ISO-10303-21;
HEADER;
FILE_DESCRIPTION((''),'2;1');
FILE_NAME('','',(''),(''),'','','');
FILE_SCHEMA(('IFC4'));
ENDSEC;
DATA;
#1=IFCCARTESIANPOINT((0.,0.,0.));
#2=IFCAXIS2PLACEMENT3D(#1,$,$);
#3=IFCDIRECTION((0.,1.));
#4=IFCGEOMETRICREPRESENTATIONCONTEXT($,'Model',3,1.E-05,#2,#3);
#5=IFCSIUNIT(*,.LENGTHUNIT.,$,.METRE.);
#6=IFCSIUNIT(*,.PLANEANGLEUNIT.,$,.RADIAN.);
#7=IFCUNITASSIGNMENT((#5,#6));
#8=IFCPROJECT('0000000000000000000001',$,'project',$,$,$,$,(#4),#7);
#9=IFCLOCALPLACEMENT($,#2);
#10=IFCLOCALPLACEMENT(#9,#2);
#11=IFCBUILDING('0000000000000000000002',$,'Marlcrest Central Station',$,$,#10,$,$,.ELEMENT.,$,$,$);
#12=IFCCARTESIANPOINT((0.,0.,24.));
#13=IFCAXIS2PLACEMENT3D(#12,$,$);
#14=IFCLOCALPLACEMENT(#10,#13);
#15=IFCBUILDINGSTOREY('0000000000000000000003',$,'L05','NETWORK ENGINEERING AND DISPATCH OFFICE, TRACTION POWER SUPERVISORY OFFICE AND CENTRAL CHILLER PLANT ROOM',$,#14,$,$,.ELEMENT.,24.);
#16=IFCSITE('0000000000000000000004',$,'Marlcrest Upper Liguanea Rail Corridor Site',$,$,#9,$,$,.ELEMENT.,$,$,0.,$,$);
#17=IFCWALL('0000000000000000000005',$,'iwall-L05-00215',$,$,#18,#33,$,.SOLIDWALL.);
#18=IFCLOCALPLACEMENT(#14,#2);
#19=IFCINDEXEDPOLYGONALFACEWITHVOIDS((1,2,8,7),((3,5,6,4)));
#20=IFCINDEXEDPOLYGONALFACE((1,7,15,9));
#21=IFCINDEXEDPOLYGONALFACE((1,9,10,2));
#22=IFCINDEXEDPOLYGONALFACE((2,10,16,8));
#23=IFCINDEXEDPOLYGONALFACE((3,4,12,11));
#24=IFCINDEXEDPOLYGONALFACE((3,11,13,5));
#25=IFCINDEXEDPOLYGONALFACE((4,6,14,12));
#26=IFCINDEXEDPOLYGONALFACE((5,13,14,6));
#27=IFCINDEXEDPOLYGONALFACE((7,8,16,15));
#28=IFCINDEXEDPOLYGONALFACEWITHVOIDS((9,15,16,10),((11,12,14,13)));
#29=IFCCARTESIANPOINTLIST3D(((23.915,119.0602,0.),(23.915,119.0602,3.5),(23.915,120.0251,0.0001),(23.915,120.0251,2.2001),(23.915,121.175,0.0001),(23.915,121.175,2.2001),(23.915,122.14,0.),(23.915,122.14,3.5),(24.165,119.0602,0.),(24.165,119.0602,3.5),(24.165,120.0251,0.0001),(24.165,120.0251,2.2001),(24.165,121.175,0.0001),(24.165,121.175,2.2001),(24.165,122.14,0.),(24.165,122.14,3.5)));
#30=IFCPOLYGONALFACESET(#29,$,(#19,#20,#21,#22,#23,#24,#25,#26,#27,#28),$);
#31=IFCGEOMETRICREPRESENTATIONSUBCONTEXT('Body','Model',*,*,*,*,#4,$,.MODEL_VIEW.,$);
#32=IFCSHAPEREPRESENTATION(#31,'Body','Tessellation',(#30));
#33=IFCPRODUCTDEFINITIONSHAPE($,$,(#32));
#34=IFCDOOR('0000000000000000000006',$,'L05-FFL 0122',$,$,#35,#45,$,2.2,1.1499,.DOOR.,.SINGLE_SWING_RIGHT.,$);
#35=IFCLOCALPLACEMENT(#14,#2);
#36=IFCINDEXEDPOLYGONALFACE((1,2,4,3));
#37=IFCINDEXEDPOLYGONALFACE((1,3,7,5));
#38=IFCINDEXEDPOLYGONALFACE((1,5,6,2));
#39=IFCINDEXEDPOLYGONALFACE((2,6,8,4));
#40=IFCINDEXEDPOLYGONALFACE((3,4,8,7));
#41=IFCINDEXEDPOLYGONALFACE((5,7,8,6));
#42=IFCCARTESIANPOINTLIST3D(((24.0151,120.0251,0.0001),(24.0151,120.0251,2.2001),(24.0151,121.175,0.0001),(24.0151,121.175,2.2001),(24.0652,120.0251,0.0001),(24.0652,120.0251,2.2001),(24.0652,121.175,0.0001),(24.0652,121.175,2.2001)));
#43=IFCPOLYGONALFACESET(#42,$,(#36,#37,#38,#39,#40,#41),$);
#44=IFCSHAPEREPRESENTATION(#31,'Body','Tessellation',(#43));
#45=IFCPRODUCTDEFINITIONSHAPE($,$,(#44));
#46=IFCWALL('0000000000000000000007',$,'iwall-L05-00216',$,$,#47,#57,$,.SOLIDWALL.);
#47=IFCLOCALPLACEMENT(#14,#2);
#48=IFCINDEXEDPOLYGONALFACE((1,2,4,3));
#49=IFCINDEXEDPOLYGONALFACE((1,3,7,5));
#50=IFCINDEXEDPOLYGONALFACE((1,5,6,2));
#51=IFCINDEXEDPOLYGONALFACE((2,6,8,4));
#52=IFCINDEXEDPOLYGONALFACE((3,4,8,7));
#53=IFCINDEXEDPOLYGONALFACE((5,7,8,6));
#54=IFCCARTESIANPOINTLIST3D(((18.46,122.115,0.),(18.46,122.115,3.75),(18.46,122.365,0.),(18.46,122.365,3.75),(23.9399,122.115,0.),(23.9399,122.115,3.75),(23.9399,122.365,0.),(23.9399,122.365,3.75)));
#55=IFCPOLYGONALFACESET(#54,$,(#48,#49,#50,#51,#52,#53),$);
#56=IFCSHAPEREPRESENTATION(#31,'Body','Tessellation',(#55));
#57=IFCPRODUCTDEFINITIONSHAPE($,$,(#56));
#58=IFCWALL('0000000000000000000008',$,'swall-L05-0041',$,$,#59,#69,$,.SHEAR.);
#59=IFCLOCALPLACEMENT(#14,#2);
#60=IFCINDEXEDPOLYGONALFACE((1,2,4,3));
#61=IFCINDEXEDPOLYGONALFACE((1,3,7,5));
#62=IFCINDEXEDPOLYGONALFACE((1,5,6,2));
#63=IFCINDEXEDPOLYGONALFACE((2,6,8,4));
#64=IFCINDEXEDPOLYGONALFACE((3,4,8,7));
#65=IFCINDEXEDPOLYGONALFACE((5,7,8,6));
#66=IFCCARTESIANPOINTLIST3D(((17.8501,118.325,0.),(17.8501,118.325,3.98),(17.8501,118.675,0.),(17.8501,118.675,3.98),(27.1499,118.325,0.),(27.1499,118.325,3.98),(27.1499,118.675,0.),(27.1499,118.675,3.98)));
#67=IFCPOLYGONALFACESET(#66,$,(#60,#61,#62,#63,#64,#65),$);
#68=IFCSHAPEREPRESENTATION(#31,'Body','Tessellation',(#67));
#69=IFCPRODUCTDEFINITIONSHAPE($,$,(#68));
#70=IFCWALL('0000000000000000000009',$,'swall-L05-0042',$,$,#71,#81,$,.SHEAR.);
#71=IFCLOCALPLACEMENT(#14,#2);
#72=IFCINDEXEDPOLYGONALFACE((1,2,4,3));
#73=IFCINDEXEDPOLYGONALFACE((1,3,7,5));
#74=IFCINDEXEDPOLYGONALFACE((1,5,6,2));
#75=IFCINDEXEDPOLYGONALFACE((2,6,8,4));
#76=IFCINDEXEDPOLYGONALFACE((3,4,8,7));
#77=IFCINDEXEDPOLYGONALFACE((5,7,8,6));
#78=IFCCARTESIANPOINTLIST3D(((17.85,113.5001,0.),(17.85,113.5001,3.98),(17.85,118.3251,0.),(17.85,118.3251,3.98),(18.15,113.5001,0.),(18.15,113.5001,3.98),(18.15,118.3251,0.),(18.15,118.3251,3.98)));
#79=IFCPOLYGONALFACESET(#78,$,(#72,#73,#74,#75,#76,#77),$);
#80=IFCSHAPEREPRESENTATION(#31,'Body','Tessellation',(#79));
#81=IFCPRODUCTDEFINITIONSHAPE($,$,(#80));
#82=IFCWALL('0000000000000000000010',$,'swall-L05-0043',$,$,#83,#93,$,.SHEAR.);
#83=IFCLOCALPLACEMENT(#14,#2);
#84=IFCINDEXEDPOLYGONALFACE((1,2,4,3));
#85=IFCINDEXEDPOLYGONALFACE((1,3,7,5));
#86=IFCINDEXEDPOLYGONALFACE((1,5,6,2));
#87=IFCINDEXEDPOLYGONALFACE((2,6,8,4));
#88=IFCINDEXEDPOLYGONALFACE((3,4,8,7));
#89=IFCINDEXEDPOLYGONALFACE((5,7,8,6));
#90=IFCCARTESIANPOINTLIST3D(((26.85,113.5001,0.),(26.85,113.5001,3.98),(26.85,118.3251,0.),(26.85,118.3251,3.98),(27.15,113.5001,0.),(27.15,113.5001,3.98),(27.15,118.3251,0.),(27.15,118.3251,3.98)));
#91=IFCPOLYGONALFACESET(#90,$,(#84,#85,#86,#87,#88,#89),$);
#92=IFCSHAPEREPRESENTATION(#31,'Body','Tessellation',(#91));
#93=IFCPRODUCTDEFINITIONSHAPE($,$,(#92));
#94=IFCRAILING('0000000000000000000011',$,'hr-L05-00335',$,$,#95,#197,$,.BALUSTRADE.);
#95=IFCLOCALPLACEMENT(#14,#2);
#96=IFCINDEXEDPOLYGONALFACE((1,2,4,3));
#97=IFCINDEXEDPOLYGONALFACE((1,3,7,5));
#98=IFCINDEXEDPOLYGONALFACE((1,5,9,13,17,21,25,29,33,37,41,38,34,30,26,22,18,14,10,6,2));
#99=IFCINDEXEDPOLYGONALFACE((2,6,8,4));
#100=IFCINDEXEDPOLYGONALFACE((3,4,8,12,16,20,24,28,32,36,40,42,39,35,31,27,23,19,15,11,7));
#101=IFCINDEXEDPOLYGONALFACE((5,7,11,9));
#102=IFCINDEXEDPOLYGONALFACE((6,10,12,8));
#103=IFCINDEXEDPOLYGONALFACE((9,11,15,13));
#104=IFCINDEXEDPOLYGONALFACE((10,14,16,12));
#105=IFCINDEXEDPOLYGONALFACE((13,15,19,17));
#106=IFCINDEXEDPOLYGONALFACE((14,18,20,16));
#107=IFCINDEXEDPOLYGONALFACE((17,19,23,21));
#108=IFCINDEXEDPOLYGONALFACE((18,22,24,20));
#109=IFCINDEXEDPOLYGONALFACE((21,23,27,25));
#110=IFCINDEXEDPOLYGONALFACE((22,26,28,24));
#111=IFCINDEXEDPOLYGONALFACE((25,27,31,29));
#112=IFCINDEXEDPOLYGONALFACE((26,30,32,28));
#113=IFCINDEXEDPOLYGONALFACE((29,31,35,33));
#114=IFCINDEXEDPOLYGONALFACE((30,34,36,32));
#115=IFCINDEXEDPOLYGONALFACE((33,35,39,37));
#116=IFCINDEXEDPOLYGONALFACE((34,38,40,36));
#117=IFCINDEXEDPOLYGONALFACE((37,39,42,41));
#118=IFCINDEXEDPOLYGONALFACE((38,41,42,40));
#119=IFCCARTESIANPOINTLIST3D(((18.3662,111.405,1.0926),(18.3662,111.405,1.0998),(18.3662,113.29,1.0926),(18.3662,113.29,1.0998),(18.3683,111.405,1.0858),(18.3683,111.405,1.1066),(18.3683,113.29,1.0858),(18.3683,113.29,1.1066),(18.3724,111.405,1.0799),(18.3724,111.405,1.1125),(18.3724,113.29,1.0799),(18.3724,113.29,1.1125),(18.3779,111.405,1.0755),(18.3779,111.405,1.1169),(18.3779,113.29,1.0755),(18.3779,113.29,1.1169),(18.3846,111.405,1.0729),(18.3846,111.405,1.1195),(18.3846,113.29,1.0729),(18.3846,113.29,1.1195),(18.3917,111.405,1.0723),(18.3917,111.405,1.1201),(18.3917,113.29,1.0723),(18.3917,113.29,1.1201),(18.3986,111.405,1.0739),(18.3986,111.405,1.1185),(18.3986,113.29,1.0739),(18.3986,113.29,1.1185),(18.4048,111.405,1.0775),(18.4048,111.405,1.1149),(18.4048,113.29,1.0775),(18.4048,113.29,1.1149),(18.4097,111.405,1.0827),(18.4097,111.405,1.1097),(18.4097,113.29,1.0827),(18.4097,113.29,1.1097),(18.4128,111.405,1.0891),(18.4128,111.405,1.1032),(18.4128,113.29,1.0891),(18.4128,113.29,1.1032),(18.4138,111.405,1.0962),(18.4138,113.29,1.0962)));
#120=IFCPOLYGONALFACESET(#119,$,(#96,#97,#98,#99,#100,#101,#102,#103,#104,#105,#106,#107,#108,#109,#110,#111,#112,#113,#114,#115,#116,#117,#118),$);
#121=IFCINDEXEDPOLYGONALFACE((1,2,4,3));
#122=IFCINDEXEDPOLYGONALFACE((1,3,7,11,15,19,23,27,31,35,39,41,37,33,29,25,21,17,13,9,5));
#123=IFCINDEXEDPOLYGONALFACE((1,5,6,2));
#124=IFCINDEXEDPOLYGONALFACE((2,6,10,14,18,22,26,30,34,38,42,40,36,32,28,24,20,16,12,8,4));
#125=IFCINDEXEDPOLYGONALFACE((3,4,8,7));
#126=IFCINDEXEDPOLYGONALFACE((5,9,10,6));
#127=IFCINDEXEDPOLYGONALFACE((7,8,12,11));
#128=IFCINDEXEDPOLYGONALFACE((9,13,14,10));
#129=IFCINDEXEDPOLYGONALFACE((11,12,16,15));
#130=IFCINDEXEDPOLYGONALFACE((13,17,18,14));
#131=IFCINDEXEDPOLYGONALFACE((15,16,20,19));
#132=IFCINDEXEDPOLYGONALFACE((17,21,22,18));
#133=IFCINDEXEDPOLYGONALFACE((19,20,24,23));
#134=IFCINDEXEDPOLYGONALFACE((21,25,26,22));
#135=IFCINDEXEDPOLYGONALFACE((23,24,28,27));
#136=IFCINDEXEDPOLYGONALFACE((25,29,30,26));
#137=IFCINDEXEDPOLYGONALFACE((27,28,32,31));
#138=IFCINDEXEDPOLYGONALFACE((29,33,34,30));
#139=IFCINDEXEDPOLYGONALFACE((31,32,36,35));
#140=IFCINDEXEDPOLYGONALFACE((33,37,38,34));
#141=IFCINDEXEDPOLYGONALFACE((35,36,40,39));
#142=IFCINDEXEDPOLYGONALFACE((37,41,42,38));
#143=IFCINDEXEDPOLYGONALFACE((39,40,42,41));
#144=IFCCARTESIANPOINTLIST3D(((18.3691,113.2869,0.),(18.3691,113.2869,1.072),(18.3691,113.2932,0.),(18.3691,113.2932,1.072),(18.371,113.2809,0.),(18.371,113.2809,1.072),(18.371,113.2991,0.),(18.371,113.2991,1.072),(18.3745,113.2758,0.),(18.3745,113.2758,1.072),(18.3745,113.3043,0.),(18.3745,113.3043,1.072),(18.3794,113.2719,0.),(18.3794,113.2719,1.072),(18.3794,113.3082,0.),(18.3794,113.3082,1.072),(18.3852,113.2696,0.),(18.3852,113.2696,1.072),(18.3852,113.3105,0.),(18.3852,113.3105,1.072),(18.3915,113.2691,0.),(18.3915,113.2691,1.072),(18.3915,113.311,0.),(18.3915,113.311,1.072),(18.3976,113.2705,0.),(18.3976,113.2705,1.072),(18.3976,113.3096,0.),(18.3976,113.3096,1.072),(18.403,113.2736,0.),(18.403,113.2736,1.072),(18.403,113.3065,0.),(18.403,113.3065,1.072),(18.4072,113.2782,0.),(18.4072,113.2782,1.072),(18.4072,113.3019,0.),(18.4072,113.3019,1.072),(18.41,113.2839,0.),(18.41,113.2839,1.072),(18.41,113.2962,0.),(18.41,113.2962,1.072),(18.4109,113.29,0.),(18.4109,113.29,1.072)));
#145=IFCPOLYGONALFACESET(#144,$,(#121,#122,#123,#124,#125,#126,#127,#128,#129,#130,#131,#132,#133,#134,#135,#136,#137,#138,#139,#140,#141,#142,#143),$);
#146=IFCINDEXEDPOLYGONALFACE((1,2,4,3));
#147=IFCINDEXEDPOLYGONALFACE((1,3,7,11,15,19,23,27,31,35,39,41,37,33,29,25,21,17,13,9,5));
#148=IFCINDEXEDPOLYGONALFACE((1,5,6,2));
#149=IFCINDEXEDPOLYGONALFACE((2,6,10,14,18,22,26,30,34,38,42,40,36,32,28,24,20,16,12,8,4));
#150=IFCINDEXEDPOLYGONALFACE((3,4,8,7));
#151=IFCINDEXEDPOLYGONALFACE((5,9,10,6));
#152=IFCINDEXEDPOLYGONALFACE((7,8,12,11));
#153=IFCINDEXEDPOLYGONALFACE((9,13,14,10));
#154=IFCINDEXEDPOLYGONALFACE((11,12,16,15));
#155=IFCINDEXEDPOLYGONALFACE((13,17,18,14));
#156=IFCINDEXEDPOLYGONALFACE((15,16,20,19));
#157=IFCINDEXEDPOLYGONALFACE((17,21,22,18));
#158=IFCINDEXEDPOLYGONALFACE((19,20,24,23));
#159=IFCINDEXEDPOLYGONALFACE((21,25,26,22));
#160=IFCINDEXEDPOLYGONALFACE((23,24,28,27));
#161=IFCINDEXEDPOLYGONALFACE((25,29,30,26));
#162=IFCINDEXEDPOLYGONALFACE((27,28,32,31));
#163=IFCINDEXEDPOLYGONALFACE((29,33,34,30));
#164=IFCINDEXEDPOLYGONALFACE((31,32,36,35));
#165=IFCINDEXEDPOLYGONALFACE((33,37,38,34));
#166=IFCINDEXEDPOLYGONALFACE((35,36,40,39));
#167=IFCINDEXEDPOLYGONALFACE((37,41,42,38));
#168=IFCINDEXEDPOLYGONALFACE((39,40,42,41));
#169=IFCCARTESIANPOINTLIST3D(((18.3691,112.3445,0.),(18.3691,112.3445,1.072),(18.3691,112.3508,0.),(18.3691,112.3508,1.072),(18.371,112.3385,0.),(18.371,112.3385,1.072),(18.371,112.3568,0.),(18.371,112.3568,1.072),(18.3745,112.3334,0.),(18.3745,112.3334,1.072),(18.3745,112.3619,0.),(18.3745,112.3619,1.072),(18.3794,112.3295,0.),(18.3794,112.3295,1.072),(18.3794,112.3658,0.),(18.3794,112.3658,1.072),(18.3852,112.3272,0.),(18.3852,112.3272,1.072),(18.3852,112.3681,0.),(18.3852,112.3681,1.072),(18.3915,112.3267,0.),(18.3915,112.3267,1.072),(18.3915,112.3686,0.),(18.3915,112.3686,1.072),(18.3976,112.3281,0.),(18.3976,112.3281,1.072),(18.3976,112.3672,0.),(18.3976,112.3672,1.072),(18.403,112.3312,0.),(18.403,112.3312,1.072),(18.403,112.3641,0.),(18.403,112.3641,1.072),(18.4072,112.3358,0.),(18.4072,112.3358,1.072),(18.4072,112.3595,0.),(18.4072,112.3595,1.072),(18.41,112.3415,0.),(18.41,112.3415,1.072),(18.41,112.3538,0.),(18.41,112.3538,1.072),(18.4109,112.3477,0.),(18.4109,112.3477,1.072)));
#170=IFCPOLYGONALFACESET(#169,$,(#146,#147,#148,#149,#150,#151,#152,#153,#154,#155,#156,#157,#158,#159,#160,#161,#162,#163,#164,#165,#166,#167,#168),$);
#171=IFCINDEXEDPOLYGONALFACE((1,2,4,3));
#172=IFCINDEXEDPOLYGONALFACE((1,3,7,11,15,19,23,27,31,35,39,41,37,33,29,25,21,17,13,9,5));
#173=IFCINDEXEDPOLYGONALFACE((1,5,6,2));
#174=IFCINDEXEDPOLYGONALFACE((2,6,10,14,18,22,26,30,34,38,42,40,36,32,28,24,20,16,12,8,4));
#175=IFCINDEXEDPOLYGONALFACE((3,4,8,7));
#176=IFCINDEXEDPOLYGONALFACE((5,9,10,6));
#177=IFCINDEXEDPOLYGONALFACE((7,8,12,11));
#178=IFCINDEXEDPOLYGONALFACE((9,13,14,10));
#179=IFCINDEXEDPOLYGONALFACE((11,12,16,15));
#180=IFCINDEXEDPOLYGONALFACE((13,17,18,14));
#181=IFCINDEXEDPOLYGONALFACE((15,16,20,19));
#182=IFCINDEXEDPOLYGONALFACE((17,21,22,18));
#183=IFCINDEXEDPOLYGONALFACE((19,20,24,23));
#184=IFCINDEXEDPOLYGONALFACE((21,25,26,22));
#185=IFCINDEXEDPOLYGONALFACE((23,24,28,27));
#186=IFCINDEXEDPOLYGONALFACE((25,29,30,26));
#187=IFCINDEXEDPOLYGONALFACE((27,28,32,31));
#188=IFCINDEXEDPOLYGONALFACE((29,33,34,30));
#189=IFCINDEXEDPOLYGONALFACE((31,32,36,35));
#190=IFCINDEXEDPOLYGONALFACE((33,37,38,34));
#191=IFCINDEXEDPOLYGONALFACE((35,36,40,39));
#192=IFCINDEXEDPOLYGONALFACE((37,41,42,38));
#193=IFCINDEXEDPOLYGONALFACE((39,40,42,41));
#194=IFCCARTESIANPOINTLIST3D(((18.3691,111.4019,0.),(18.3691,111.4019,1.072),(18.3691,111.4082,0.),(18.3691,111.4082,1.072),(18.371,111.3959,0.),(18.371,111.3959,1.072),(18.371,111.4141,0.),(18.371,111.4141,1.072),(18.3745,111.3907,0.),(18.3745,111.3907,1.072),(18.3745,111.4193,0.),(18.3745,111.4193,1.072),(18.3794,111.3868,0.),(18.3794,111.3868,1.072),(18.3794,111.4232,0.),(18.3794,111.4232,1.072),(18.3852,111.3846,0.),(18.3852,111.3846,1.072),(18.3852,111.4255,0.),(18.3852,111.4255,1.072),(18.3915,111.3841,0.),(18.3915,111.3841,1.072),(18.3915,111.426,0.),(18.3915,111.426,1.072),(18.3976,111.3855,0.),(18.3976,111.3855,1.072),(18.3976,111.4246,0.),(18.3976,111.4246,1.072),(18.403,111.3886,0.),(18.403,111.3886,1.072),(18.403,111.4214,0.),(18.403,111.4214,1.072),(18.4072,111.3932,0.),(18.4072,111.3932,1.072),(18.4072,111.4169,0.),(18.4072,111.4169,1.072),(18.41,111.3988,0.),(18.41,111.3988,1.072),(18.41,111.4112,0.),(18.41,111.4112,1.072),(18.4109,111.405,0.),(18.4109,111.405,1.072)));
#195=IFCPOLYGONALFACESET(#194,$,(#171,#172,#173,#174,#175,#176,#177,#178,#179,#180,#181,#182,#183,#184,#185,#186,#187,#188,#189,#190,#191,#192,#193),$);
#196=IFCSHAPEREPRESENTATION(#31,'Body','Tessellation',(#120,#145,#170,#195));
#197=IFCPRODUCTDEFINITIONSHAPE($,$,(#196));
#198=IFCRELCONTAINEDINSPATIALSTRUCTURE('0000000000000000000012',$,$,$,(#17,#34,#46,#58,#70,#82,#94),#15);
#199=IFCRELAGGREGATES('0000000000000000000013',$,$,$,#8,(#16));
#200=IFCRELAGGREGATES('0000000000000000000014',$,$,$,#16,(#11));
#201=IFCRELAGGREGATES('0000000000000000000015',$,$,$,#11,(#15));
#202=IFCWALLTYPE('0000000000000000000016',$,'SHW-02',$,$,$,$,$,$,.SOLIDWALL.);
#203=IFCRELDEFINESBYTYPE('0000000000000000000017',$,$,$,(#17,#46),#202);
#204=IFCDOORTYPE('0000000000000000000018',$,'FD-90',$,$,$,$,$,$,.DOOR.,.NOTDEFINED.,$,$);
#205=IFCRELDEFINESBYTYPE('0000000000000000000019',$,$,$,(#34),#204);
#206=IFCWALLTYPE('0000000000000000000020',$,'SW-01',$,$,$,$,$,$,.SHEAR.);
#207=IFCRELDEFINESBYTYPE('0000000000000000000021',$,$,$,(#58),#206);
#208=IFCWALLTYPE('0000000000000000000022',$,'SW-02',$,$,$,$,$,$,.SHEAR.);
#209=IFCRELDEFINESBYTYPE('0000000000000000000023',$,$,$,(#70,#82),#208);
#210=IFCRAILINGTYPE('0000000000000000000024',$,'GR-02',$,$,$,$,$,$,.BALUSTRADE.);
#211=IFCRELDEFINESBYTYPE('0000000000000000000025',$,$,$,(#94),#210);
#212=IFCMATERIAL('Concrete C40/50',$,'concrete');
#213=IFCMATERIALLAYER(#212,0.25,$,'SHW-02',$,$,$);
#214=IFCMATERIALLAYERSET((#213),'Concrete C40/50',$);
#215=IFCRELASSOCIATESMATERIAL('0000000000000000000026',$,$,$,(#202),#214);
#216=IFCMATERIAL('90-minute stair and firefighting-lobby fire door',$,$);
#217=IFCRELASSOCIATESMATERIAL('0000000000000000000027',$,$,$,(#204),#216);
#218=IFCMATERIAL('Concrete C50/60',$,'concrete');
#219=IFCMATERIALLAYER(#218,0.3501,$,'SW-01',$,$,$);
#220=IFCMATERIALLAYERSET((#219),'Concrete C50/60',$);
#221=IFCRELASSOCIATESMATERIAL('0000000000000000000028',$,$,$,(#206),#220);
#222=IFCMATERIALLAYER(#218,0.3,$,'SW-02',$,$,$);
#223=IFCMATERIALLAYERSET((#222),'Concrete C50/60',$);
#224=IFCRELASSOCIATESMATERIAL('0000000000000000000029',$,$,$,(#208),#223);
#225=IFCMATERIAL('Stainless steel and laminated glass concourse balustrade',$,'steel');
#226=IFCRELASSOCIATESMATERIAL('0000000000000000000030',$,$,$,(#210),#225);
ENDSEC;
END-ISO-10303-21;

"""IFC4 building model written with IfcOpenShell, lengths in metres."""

from ifc_helpers import new_model, si_unit, direction, frame, frame_2d, origin, origin_2d, place, context, subcontext, project, spatial, rectangle, circle, extrude, material, layer, layer_set, type_object, element, fill, save


model = new_model("IFC4")

# Units and contexts
model_context = context("Model", 3, precision=1e-05, world=origin(), true_north=direction((0.0, 1.0)))
body_context = subcontext(model_context, "Body", "Model", "MODEL_VIEW")
ifc_project = project(units=[si_unit("LENGTHUNIT", "METRE"), si_unit("PLANEANGLEUNIT", "RADIAN")], contexts=[model_context])

# Site, building, storey
site_placement = place(None, origin())
site = spatial("IfcSite", under=ifc_project, at=site_placement, Name="Marlcrest Upper Liguanea Rail Corridor Site", CompositionType="ELEMENT", RefElevation=0.0)
building_placement = place(site_placement, origin())
building = spatial("IfcBuilding", under=site, at=building_placement, Name="Marlcrest Central Station", CompositionType="ELEMENT")
storey_placement = place(building_placement, frame((0.0, 0.0, 24.0)))
storey = spatial("IfcBuildingStorey", under=building, at=storey_placement, Name="L05", Description="NETWORK ENGINEERING AND DISPATCH OFFICE, TRACTION POWER SUPERVISORY OFFICE AND CENTRAL CHILLER PLANT ROOM", CompositionType="ELEMENT", Elevation=24.0)

# Shared definitions
ifc_material_1 = material(Name="Concrete C40/50", Category="concrete")

# Wall, opening, door
ifc_layer_1 = layer(ifc_material_1, 0.25, Name="SHW-02")
ifc_layer_set_1 = layer_set([ifc_layer_1], Name="Concrete C40/50")
wall_type_1 = type_object("IfcWallType", Name="SHW-02", PredefinedType="SOLIDWALL", material=ifc_layer_set_1)
wall_1_placement = place(storey_placement, frame((24.04, 119.0601, 0.0), z_axis=(0.0, 0.0, 1.0), x_axis=(0.0, 1.0, 0.0)))
wall_1 = element("IfcWall", 1, at=wall_1_placement, inside=storey, type_object=wall_type_1, Name="iwall-L05-00215", PredefinedType="SOLIDWALL", context=body_context, shape_type="SweptSolid", body=[
    extrude(rectangle(XDim=3.0798, YDim=0.25, at=frame_2d((1.54, 0.0))), origin(), (0.0, 0.0, 1.0), 3.5),
])
opening_1_placement = place(wall_1_placement, frame((0.9651, 0.0, 0.0)))
opening_1 = element("IfcOpeningElement", 2, at=opening_1_placement, cuts=wall_1, PredefinedType="OPENING", context=body_context, shape_type="SweptSolid", body=[
    extrude(rectangle(XDim=1.1499, YDim=2.2, at=frame_2d((0.575, 1.1001))), frame((0.0, 0.135, 0.0), z_axis=(0.0, -1.0, 0.0), x_axis=(1.0, 0.0, 0.0)), (0.0, 0.0, 1.0), 0.27),
])
ifc_material_2 = material(Name="90-minute stair and firefighting-lobby fire door")
door_type_1 = type_object("IfcDoorType", Name="FD-90", OperationType="NOTDEFINED", PredefinedType="DOOR", material=ifc_material_2)
door_1_placement = place(opening_1_placement, origin())
door_1 = element("IfcDoor", 3, at=door_1_placement, inside=storey, type_object=door_type_1, Name="L05-FFL 0122", OperationType="SINGLE_SWING_RIGHT", OverallHeight=2.2, OverallWidth=1.1499, PredefinedType="DOOR", context=body_context, shape_type="SweptSolid", body=[
    extrude(rectangle(XDim=1.1499, YDim=2.2, at=frame_2d((0.575, 1.1001))), frame((0.0, 0.0249, 0.0), z_axis=(0.0, -1.0, 0.0), x_axis=(1.0, 0.0, 0.0)), (0.0, 0.0, 1.0), 0.05),
])
fill(opening_1, door_1)

# Walls
wall_2_placement = place(storey_placement, frame((18.46, 122.24, 0.0), z_axis=(0.0, 0.0, 1.0), x_axis=(1.0, 0.0, 0.0)))
element("IfcWall", 4, at=wall_2_placement, inside=storey, type_object=wall_type_1, Name="iwall-L05-00216", PredefinedType="SOLIDWALL", context=body_context, shape_type="SweptSolid", body=[
    extrude(rectangle(XDim=5.48, YDim=0.25, at=frame_2d((2.74, 0.0))), origin(), (0.0, 0.0, 1.0), 3.75),
])
ifc_material_3 = material(Name="Concrete C50/60", Category="concrete")
ifc_layer_2 = layer(ifc_material_3, 0.3501, Name="SW-01")
ifc_layer_set_2 = layer_set([ifc_layer_2], Name="Concrete C50/60")
wall_type_2 = type_object("IfcWallType", Name="SW-01", PredefinedType="SHEAR", material=ifc_layer_set_2)
wall_3_placement = place(storey_placement, frame((17.8501, 118.5, 0.0), z_axis=(0.0, 0.0, 1.0), x_axis=(1.0, 0.0, 0.0)))
element("IfcWall", 5, at=wall_3_placement, inside=storey, type_object=wall_type_2, Name="swall-L05-0041", PredefinedType="SHEAR", context=body_context, shape_type="SweptSolid", body=[
    extrude(rectangle(XDim=9.2998, YDim=0.3501, at=frame_2d((4.6499, 0.0))), origin(), (0.0, 0.0, 1.0), 3.98),
])
ifc_layer_3 = layer(ifc_material_3, 0.3, Name="SW-02")
ifc_layer_set_3 = layer_set([ifc_layer_3], Name="Concrete C50/60")
wall_type_3 = type_object("IfcWallType", Name="SW-02", PredefinedType="SHEAR", material=ifc_layer_set_3)
for number, where, z_axis, x_axis, name in (
    (6, (18.0, 113.5, 0.0), (0.0, 0.0, 1.0), (0.0, 1.0, 0.0), "swall-L05-0042"),
    (7, (27.0, 113.5, 0.0), (0.0, 0.0, 1.0), (0.0, 1.0, 0.0), "swall-L05-0043"),
):
    element("IfcWall", number, at=place(storey_placement, frame(where, z_axis=z_axis, x_axis=x_axis)), inside=storey, type_object=wall_type_3, Name=name, PredefinedType="SHEAR", context=body_context, shape_type="SweptSolid", body=[
        extrude(rectangle(XDim=4.825, YDim=0.3, at=frame_2d((2.4126, 0.0))), origin(), (0.0, 0.0, 1.0), 3.98),
    ])

# Railing
ifc_material_4 = material(Name="Stainless steel and laminated glass concourse balustrade", Category="steel")
railing_type = type_object("IfcRailingType", Name="GR-02", PredefinedType="BALUSTRADE", material=ifc_material_4)
railing_1_placement = place(storey_placement, frame((18.3899, 113.29, 0.0)))
element("IfcRailing", 8, at=railing_1_placement, inside=storey, type_object=railing_type, Name="hr-L05-00335", PredefinedType="BALUSTRADE", context=body_context, shape_type="SweptSolid", body=[
    extrude(circle(Radius=0.0239, at=origin_2d()), frame((0.0, 0.0, 1.0962), z_axis=(0.0, -1.0, 0.0), x_axis=(1.0, 0.0, 0.0)), (0.0, 0.0, 1.0), 1.885),
    extrude(circle(Radius=0.021, at=origin_2d()), origin(), (0.0, 0.0, 1.0), 1.072),
    extrude(circle(Radius=0.021, at=origin_2d()), frame((0.0, -0.9424, 0.0)), (0.0, 0.0, 1.0), 1.072),
    extrude(circle(Radius=0.021, at=origin_2d()), frame((0.0, -1.885, 0.0)), (0.0, 0.0, 1.0), 1.072),
])

save(model, "model.ifc")
